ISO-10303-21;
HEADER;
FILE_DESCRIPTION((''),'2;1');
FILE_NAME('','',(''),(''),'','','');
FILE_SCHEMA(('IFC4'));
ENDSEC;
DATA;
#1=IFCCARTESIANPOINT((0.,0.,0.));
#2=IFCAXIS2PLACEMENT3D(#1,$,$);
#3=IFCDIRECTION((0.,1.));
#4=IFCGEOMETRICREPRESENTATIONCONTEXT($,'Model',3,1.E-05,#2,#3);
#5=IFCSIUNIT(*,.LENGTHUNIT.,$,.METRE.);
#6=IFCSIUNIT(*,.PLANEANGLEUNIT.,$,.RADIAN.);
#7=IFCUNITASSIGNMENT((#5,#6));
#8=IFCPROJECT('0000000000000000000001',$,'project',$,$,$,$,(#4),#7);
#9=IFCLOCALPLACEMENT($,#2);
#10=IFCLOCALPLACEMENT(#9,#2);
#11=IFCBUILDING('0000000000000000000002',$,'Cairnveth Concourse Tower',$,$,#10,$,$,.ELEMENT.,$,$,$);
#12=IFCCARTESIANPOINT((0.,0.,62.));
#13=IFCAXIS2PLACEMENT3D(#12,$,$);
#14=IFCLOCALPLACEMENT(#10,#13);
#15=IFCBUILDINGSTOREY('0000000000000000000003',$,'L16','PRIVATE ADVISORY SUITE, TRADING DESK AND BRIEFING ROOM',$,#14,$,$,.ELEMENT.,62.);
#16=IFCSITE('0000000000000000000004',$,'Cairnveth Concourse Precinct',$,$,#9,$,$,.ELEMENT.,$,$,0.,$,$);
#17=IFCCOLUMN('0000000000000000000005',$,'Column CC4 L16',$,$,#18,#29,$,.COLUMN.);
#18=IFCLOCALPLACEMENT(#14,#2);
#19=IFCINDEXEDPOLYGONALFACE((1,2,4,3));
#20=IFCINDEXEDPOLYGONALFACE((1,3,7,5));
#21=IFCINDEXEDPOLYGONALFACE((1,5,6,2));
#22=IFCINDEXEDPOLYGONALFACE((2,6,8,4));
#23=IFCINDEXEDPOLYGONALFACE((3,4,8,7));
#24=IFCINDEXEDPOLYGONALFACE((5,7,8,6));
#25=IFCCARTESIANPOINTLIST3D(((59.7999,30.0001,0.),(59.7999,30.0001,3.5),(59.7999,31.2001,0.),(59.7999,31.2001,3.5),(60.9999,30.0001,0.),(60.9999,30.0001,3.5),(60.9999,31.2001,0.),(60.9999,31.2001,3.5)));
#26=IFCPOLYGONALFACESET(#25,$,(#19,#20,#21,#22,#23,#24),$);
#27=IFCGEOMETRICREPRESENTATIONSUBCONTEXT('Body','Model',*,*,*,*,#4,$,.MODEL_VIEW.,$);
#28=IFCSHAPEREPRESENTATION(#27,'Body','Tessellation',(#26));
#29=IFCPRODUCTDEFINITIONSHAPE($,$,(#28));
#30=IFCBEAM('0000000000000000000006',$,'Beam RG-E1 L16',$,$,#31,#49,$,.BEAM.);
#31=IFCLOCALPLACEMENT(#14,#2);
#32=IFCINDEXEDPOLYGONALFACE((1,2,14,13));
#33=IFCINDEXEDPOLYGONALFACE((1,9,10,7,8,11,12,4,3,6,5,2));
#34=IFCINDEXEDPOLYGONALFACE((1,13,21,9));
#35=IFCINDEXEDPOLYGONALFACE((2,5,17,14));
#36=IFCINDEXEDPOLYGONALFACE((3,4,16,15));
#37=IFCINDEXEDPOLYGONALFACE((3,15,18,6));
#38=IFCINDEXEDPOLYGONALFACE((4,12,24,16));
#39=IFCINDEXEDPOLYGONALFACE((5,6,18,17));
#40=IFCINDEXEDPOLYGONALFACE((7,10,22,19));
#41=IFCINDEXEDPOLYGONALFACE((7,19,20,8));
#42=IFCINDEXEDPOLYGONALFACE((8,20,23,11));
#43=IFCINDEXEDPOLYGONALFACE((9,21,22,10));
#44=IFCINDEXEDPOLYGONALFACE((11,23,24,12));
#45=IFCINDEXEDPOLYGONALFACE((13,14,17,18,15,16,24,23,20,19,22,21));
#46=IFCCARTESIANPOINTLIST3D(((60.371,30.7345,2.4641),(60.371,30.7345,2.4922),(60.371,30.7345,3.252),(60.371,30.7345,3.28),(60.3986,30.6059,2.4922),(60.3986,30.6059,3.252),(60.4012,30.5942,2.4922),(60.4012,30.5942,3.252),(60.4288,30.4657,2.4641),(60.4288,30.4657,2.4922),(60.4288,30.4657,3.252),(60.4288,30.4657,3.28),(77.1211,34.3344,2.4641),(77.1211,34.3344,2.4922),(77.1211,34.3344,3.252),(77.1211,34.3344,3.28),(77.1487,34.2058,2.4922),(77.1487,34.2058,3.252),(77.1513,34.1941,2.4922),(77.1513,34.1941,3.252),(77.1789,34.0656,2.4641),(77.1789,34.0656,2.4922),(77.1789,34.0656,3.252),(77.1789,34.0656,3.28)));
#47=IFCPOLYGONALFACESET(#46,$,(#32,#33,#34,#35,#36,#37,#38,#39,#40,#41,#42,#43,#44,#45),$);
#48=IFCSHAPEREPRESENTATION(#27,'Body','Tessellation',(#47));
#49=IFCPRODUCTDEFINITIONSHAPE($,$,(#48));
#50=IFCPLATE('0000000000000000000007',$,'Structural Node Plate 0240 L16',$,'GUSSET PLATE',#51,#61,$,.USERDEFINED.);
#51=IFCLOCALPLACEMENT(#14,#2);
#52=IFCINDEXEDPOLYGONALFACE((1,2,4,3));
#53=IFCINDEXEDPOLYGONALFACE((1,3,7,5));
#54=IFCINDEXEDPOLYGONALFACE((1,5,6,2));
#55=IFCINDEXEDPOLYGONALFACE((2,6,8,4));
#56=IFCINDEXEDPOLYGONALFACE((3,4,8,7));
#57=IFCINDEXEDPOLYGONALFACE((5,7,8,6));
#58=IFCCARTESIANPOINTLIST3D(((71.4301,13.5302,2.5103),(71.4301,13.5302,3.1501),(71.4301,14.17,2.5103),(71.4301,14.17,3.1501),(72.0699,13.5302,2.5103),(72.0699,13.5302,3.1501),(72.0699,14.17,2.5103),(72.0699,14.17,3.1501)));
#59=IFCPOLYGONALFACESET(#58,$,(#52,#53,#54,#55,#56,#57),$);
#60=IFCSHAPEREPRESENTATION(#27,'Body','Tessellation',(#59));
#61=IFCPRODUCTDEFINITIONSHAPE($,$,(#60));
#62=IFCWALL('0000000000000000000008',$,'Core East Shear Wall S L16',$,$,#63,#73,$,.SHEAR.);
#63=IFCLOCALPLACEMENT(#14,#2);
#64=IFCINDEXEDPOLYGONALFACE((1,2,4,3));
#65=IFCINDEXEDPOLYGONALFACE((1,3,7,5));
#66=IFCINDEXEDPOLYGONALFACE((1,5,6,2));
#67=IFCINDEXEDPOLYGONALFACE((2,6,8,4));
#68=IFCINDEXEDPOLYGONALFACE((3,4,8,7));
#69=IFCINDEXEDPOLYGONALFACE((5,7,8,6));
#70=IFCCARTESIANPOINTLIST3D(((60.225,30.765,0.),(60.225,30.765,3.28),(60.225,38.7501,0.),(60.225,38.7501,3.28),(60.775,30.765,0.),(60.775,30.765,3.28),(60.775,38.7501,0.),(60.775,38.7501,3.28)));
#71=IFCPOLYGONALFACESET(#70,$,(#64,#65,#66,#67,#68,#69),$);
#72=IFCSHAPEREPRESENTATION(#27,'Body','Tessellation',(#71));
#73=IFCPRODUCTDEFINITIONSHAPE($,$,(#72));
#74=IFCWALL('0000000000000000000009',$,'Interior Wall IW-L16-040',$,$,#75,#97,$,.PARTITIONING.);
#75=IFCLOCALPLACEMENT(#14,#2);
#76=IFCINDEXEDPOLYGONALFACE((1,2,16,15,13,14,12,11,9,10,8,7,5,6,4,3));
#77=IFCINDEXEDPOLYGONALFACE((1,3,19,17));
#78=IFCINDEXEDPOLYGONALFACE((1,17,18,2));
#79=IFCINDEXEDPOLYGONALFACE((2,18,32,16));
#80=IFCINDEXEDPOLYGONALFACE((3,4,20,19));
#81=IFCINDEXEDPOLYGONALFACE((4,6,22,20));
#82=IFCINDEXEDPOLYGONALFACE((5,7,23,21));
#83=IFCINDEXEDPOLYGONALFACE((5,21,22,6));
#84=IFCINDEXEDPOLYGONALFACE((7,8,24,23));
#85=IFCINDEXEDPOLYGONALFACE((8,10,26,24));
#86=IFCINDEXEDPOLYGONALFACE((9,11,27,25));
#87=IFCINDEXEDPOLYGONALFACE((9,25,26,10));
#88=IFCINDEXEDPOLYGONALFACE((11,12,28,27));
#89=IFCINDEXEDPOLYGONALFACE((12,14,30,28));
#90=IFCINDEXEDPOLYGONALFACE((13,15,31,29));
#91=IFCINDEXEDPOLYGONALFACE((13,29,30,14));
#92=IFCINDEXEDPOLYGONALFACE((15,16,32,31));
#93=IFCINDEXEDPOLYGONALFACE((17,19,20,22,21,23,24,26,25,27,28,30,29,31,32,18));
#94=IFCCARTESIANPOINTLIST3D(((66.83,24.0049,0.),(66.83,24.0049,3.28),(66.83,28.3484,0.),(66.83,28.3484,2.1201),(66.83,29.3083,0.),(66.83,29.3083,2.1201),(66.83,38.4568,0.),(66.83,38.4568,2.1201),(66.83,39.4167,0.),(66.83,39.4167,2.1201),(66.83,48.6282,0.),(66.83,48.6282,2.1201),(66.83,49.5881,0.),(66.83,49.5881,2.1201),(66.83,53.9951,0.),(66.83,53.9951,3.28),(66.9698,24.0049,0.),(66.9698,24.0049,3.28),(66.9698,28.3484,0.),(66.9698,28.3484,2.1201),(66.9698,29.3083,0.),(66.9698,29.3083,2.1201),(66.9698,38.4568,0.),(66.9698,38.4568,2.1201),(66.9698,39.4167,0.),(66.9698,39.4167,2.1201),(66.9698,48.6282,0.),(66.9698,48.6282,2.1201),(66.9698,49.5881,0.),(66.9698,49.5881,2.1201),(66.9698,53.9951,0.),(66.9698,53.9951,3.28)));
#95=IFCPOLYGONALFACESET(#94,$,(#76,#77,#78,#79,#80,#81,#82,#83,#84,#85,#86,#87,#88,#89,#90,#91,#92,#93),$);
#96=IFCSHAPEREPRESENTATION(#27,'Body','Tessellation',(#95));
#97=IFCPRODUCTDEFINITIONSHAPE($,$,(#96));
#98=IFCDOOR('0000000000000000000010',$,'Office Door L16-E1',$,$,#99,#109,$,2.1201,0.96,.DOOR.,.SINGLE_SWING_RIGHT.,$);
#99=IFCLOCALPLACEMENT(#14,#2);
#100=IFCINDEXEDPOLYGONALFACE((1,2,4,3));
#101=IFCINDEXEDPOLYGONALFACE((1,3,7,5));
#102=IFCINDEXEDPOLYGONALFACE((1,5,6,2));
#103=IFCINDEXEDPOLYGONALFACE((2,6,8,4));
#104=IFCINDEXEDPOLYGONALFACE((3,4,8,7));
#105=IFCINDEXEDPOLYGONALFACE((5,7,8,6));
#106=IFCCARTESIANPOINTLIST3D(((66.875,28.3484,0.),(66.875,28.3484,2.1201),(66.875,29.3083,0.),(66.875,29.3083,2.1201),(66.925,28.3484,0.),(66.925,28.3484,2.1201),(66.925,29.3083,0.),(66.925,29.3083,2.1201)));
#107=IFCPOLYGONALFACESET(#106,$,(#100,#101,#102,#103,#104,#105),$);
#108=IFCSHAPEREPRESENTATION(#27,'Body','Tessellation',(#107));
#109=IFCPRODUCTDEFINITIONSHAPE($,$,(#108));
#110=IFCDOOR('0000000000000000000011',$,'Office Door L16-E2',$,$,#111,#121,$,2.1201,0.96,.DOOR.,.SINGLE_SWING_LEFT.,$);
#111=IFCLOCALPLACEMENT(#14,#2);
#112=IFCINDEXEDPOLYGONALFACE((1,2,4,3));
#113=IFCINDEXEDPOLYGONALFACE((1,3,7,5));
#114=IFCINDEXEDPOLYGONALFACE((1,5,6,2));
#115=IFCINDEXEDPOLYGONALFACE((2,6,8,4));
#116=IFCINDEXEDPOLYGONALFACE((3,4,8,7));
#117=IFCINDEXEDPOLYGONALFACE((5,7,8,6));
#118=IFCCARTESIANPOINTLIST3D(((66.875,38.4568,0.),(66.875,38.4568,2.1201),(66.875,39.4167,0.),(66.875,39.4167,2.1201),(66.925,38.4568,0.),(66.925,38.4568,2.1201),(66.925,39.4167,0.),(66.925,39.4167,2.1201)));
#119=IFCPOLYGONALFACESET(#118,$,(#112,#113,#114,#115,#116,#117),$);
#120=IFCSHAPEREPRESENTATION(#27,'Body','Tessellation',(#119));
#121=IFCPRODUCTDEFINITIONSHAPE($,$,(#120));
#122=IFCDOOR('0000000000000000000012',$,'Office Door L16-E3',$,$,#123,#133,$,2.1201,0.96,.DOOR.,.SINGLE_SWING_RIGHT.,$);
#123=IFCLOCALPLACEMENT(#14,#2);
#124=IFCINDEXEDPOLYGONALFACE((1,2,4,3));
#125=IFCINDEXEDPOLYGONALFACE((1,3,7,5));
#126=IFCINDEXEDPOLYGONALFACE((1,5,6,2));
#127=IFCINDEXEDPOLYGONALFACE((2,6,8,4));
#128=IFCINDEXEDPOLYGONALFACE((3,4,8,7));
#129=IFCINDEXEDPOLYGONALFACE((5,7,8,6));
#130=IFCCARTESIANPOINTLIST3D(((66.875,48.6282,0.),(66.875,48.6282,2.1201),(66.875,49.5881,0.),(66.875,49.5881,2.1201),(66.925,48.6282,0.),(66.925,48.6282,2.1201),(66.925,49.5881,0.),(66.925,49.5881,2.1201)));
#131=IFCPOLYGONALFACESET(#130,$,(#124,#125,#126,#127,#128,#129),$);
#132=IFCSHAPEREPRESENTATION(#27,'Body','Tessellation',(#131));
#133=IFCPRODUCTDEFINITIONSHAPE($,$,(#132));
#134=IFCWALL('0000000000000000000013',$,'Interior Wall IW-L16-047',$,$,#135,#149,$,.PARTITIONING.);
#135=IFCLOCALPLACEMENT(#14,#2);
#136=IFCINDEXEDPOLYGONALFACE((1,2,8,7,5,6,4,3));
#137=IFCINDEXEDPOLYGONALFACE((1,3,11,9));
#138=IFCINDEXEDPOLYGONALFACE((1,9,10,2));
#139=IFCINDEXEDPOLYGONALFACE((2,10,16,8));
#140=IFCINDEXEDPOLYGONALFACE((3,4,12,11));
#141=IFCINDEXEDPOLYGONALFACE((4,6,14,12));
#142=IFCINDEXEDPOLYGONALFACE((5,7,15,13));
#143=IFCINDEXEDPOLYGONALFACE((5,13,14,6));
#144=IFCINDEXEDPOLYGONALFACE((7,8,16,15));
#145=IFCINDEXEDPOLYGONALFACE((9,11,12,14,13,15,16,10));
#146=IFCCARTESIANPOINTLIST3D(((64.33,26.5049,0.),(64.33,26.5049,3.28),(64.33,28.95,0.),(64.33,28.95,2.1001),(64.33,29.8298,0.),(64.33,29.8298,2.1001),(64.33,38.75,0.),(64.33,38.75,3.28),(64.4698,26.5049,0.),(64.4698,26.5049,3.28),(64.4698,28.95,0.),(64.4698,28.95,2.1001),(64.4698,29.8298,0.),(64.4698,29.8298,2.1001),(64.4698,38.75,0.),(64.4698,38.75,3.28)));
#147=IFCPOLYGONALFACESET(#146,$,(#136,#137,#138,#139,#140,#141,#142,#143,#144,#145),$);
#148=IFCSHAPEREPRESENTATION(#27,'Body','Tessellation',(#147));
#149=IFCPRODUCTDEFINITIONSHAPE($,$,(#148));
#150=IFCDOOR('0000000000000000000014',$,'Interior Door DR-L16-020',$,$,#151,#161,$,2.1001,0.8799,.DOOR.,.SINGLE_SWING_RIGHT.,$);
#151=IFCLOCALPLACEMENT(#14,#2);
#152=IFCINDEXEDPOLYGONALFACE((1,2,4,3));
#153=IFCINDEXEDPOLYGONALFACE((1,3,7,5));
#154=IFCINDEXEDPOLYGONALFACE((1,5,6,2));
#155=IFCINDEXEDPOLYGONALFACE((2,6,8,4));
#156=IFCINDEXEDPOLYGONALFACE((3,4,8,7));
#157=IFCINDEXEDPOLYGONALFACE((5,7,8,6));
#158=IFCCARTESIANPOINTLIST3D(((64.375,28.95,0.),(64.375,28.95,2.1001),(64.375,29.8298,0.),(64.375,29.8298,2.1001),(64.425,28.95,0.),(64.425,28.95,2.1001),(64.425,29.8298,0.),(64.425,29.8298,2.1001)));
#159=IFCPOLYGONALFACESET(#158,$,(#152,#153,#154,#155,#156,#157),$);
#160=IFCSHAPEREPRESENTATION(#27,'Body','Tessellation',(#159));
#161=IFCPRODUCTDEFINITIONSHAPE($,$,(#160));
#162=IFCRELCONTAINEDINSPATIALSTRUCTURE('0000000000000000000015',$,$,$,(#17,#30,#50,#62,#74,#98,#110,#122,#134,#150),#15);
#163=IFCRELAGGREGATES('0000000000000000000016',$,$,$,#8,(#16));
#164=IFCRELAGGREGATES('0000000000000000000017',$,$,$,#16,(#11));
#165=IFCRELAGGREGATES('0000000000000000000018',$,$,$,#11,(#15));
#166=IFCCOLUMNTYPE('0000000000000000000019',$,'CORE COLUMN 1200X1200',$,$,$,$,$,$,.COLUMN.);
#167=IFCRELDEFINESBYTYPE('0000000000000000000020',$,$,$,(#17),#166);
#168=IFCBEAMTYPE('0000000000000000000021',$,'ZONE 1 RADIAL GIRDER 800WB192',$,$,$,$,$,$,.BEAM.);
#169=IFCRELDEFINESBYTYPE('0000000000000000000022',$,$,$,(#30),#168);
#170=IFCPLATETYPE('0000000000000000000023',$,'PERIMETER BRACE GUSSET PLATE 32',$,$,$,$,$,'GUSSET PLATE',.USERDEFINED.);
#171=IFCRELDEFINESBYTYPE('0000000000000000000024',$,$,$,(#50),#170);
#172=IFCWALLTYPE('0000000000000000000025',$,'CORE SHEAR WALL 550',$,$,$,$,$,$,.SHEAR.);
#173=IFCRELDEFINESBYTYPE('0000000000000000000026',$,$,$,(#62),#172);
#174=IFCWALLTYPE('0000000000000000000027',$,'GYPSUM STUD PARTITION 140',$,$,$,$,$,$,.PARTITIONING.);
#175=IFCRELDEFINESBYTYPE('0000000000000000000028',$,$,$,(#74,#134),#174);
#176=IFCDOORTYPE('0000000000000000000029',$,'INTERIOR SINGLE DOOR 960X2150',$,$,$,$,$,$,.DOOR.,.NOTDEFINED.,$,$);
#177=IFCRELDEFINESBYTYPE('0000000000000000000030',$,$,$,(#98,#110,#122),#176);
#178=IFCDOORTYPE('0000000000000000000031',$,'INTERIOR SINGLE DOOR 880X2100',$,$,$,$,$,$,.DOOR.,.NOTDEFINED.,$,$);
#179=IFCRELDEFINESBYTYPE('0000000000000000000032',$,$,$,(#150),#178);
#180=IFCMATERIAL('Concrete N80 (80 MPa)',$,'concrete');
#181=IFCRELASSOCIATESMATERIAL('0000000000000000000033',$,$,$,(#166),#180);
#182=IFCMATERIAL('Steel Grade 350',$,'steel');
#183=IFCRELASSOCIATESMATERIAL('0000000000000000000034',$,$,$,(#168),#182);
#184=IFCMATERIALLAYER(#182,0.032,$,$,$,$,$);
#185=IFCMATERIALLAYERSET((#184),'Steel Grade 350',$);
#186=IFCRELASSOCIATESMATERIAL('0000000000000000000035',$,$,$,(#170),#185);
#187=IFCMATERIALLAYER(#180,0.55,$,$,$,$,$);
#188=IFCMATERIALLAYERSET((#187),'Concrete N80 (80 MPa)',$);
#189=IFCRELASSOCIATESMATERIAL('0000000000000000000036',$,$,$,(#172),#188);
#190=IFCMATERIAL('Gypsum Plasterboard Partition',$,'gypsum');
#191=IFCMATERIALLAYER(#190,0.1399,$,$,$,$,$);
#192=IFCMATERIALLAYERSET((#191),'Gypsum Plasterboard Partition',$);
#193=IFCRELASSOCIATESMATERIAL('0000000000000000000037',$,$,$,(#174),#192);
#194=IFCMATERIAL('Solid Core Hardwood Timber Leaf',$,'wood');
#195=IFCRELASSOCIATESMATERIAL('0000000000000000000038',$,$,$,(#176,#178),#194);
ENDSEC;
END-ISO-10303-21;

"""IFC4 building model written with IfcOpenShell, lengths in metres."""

from ifc_helpers import new_model, si_unit, direction, frame, frame_2d, origin, origin_2d, place, context, subcontext, project, spatial, rectangle, i_section, extrude, material, layer, layer_set, material_profile, profile_set, type_object, element, fill, save


model = new_model("IFC4")

# Units and contexts
model_context = context("Model", 3, precision=1e-05, world=origin(), true_north=direction((0.0, 1.0)))
body_context = subcontext(model_context, "Body", "Model", "MODEL_VIEW")
ifc_project = project(units=[si_unit("LENGTHUNIT", "METRE"), si_unit("PLANEANGLEUNIT", "RADIAN")], contexts=[model_context])

# Site, building, storey
site_placement = place(None, origin())
site = spatial("IfcSite", under=ifc_project, at=site_placement, Name="Cairnveth Concourse Precinct", CompositionType="ELEMENT", RefElevation=0.0)
building_placement = place(site_placement, origin())
building = spatial("IfcBuilding", under=site, at=building_placement, Name="Cairnveth Concourse Tower", CompositionType="ELEMENT")
storey_placement = place(building_placement, frame((0.0, 0.0, 62.0)))
storey = spatial("IfcBuildingStorey", under=building, at=storey_placement, Name="L16", Description="PRIVATE ADVISORY SUITE, TRADING DESK AND BRIEFING ROOM", CompositionType="ELEMENT", Elevation=62.0)

# Column
ifc_material_1 = material(Name="Concrete N80 (80 MPa)", Category="concrete")
ifc_material_profile_1 = material_profile(ifc_material_1, rectangle(XDim=1.2, YDim=1.2, at=origin_2d()), Name="RC-COL-1200x1200")
ifc_profile_set_1 = profile_set([ifc_material_profile_1], Name="Concrete N80 (80 MPa)")
column_type = type_object("IfcColumnType", Name="CORE COLUMN 1200X1200", PredefinedType="COLUMN", material=ifc_profile_set_1)
column_placement = place(storey_placement, frame((60.3999, 30.6001, 0.0), z_axis=(0.0, 0.0, 1.0), x_axis=(1.0, 0.0, 0.0)))
element("IfcColumn", 1, at=column_placement, inside=storey, type_object=column_type, Name="Column CC4 L16", PredefinedType="COLUMN", context=body_context, shape_type="SweptSolid", body=[
    extrude(rectangle(XDim=1.2, YDim=1.2, at=origin_2d()), origin(), (0.0, 0.0, 1.0), 3.5),
])

# Beam
ifc_material_2 = material(Name="Steel Grade 350", Category="steel")
ifc_material_profile_2 = material_profile(ifc_material_2, i_section(OverallWidth=0.2749, OverallDepth=0.8159, WebThickness=0.012, FlangeThickness=0.0281, at=origin_2d()), Name="800WB192")
ifc_profile_set_2 = profile_set([ifc_material_profile_2], Name="Steel Grade 350")
beam_type = type_object("IfcBeamType", Name="ZONE 1 RADIAL GIRDER 800WB192", PredefinedType="BEAM", material=ifc_profile_set_2)
beam_placement = place(storey_placement, frame((60.3999, 30.6001, 2.8721), z_axis=(0.977676, 0.210119, 0.0), x_axis=(-0.210119, 0.977676, 0.0)))
element("IfcBeam", 2, at=beam_placement, inside=storey, type_object=beam_type, Name="Beam RG-E1 L16", PredefinedType="BEAM", context=body_context, shape_type="SweptSolid", body=[
    extrude(i_section(OverallWidth=0.2749, OverallDepth=0.8159, WebThickness=0.012, FlangeThickness=0.0281, at=origin_2d()), origin(), (0.0, 0.0, 1.0), 17.1326),
])

# Plate
ifc_layer_1 = layer(ifc_material_2, 0.032)
ifc_layer_set_1 = layer_set([ifc_layer_1], Name="Steel Grade 350")
plate_type = type_object("IfcPlateType", Name="PERIMETER BRACE GUSSET PLATE 32", ElementType="GUSSET PLATE", PredefinedType="USERDEFINED", material=ifc_layer_set_1)
plate_placement = place(storey_placement, frame((71.75, 13.8501, 2.5103), z_axis=(0.0, 0.0, 1.0), x_axis=(1.0, 0.0, 0.0)))
element("IfcPlate", 3, at=plate_placement, inside=storey, type_object=plate_type, Name="Structural Node Plate 0240 L16", ObjectType="GUSSET PLATE", PredefinedType="USERDEFINED", context=body_context, shape_type="SweptSolid", body=[
    extrude(rectangle(XDim=0.6399, YDim=0.6399, at=origin_2d()), origin(), (0.0, 0.0, 1.0), 0.6399),
])

# Wall
ifc_layer_2 = layer(ifc_material_1, 0.55)
ifc_layer_set_2 = layer_set([ifc_layer_2], Name="Concrete N80 (80 MPa)")
wall_type_1 = type_object("IfcWallType", Name="CORE SHEAR WALL 550", PredefinedType="SHEAR", material=ifc_layer_set_2)
wall_1_placement = place(storey_placement, frame((60.5, 30.7649, 0.0), z_axis=(0.0, 0.0, 1.0), x_axis=(0.0, 1.0, 0.0)))
element("IfcWall", 4, at=wall_1_placement, inside=storey, type_object=wall_type_1, Name="Core East Shear Wall S L16", PredefinedType="SHEAR", context=body_context, shape_type="SweptSolid", body=[
    extrude(rectangle(XDim=7.9851, YDim=0.55, at=frame_2d((3.9927, 0.0))), origin(), (0.0, 0.0, 1.0), 3.28),
])

# Wall, openings, doors
ifc_material_3 = material(Name="Gypsum Plasterboard Partition", Category="gypsum")
ifc_layer_3 = layer(ifc_material_3, 0.1399)
ifc_layer_set_3 = layer_set([ifc_layer_3], Name="Gypsum Plasterboard Partition")
wall_type_2 = type_object("IfcWallType", Name="GYPSUM STUD PARTITION 140", PredefinedType="PARTITIONING", material=ifc_layer_set_3)
wall_2_placement = place(storey_placement, frame((66.8999, 24.0049, 0.0), z_axis=(0.0, 0.0, 1.0), x_axis=(0.0, 1.0, 0.0)))
wall_2 = element("IfcWall", 5, at=wall_2_placement, inside=storey, type_object=wall_type_2, Name="Interior Wall IW-L16-040", PredefinedType="PARTITIONING", context=body_context, shape_type="SweptSolid", body=[
    extrude(rectangle(XDim=29.9902, YDim=0.1399, at=frame_2d((14.9951, 0.0))), origin(), (0.0, 0.0, 1.0), 3.28),
])
opening_1_placement = place(wall_2_placement, frame((4.3435, 0.0, 0.0)))
opening_1 = element("IfcOpeningElement", 6, at=opening_1_placement, cuts=wall_2, PredefinedType="OPENING", context=body_context, shape_type="SweptSolid", body=[
    extrude(rectangle(XDim=0.96, YDim=2.1201, at=frame_2d((0.48, 1.0601))), frame((0.0, 0.0798, 0.0), z_axis=(0.0, -1.0, 0.0), x_axis=(1.0, 0.0, 0.0)), (0.0, 0.0, 1.0), 0.1599),
])
opening_2_placement = place(wall_2_placement, frame((14.4519, 0.0, 0.0)))
opening_2 = element("IfcOpeningElement", 7, at=opening_2_placement, cuts=wall_2, PredefinedType="OPENING", context=body_context, shape_type="SweptSolid", body=[
    extrude(rectangle(XDim=0.96, YDim=2.1201, at=frame_2d((0.48, 1.0601))), frame((0.0, 0.0798, 0.0), z_axis=(0.0, -1.0, 0.0), x_axis=(1.0, 0.0, 0.0)), (0.0, 0.0, 1.0), 0.1599),
])
opening_3_placement = place(wall_2_placement, frame((24.6233, 0.0, 0.0)))
opening_3 = element("IfcOpeningElement", 8, at=opening_3_placement, cuts=wall_2, PredefinedType="OPENING", context=body_context, shape_type="SweptSolid", body=[
    extrude(rectangle(XDim=0.96, YDim=2.1201, at=frame_2d((0.48, 1.0601))), frame((0.0, 0.0798, 0.0), z_axis=(0.0, -1.0, 0.0), x_axis=(1.0, 0.0, 0.0)), (0.0, 0.0, 1.0), 0.1599),
])
ifc_material_4 = material(Name="Solid Core Hardwood Timber Leaf", Category="wood")
door_type_1 = type_object("IfcDoorType", Name="INTERIOR SINGLE DOOR 960X2150", OperationType="NOTDEFINED", PredefinedType="DOOR", material=ifc_material_4)
door_1_placement = place(opening_1_placement, origin())
door_1 = element("IfcDoor", 9, at=door_1_placement, inside=storey, type_object=door_type_1, Name="Office Door L16-E1", OperationType="SINGLE_SWING_RIGHT", OverallHeight=2.1201, OverallWidth=0.96, PredefinedType="DOOR", context=body_context, shape_type="SweptSolid", body=[
    extrude(rectangle(XDim=0.96, YDim=2.1201, at=frame_2d((0.48, 1.0601))), frame((0.0, 0.0249, 0.0), z_axis=(0.0, -1.0, 0.0), x_axis=(1.0, 0.0, 0.0)), (0.0, 0.0, 1.0), 0.05),
])
fill(opening_1, door_1)
door_2_placement = place(opening_2_placement, origin())
door_2 = element("IfcDoor", 10, at=door_2_placement, inside=storey, type_object=door_type_1, Name="Office Door L16-E2", OperationType="SINGLE_SWING_LEFT", OverallHeight=2.1201, OverallWidth=0.96, PredefinedType="DOOR", context=body_context, shape_type="SweptSolid", body=[
    extrude(rectangle(XDim=0.96, YDim=2.1201, at=frame_2d((0.48, 1.0601))), frame((0.0, 0.0249, 0.0), z_axis=(0.0, -1.0, 0.0), x_axis=(1.0, 0.0, 0.0)), (0.0, 0.0, 1.0), 0.05),
])
fill(opening_2, door_2)
door_3_placement = place(opening_3_placement, origin())
door_3 = element("IfcDoor", 11, at=door_3_placement, inside=storey, type_object=door_type_1, Name="Office Door L16-E3", OperationType="SINGLE_SWING_RIGHT", OverallHeight=2.1201, OverallWidth=0.96, PredefinedType="DOOR", context=body_context, shape_type="SweptSolid", body=[
    extrude(rectangle(XDim=0.96, YDim=2.1201, at=frame_2d((0.48, 1.0601))), frame((0.0, 0.0249, 0.0), z_axis=(0.0, -1.0, 0.0), x_axis=(1.0, 0.0, 0.0)), (0.0, 0.0, 1.0), 0.05),
])
fill(opening_3, door_3)

# Wall, opening, door
wall_3_placement = place(storey_placement, frame((64.3999, 26.5049, 0.0), z_axis=(0.0, 0.0, 1.0), x_axis=(0.0, 1.0, 0.0)))
wall_3 = element("IfcWall", 12, at=wall_3_placement, inside=storey, type_object=wall_type_2, Name="Interior Wall IW-L16-047", PredefinedType="PARTITIONING", context=body_context, shape_type="SweptSolid", body=[
    extrude(rectangle(XDim=12.2451, YDim=0.1399, at=frame_2d((6.1226, 0.0))), origin(), (0.0, 0.0, 1.0), 3.28),
])
opening_4_placement = place(wall_3_placement, frame((2.4451, 0.0, 0.0)))
opening_4 = element("IfcOpeningElement", 13, at=opening_4_placement, cuts=wall_3, PredefinedType="OPENING", context=body_context, shape_type="SweptSolid", body=[
    extrude(rectangle(XDim=0.8799, YDim=2.1001, at=frame_2d((0.4399, 1.05))), frame((0.0, 0.0798, 0.0), z_axis=(0.0, -1.0, 0.0), x_axis=(1.0, 0.0, 0.0)), (0.0, 0.0, 1.0), 0.1599),
])
door_type_2 = type_object("IfcDoorType", Name="INTERIOR SINGLE DOOR 880X2100", OperationType="NOTDEFINED", PredefinedType="DOOR", material=ifc_material_4)
door_4_placement = place(opening_4_placement, origin())
door_4 = element("IfcDoor", 14, at=door_4_placement, inside=storey, type_object=door_type_2, Name="Interior Door DR-L16-020", OperationType="SINGLE_SWING_RIGHT", OverallHeight=2.1001, OverallWidth=0.8799, PredefinedType="DOOR", context=body_context, shape_type="SweptSolid", body=[
    extrude(rectangle(XDim=0.8799, YDim=2.1001, at=frame_2d((0.4399, 1.05))), frame((0.0, 0.0249, 0.0), z_axis=(0.0, -1.0, 0.0), x_axis=(1.0, 0.0, 0.0)), (0.0, 0.0, 1.0), 0.05),
])
fill(opening_4, door_4)

save(model, "model.ifc")
